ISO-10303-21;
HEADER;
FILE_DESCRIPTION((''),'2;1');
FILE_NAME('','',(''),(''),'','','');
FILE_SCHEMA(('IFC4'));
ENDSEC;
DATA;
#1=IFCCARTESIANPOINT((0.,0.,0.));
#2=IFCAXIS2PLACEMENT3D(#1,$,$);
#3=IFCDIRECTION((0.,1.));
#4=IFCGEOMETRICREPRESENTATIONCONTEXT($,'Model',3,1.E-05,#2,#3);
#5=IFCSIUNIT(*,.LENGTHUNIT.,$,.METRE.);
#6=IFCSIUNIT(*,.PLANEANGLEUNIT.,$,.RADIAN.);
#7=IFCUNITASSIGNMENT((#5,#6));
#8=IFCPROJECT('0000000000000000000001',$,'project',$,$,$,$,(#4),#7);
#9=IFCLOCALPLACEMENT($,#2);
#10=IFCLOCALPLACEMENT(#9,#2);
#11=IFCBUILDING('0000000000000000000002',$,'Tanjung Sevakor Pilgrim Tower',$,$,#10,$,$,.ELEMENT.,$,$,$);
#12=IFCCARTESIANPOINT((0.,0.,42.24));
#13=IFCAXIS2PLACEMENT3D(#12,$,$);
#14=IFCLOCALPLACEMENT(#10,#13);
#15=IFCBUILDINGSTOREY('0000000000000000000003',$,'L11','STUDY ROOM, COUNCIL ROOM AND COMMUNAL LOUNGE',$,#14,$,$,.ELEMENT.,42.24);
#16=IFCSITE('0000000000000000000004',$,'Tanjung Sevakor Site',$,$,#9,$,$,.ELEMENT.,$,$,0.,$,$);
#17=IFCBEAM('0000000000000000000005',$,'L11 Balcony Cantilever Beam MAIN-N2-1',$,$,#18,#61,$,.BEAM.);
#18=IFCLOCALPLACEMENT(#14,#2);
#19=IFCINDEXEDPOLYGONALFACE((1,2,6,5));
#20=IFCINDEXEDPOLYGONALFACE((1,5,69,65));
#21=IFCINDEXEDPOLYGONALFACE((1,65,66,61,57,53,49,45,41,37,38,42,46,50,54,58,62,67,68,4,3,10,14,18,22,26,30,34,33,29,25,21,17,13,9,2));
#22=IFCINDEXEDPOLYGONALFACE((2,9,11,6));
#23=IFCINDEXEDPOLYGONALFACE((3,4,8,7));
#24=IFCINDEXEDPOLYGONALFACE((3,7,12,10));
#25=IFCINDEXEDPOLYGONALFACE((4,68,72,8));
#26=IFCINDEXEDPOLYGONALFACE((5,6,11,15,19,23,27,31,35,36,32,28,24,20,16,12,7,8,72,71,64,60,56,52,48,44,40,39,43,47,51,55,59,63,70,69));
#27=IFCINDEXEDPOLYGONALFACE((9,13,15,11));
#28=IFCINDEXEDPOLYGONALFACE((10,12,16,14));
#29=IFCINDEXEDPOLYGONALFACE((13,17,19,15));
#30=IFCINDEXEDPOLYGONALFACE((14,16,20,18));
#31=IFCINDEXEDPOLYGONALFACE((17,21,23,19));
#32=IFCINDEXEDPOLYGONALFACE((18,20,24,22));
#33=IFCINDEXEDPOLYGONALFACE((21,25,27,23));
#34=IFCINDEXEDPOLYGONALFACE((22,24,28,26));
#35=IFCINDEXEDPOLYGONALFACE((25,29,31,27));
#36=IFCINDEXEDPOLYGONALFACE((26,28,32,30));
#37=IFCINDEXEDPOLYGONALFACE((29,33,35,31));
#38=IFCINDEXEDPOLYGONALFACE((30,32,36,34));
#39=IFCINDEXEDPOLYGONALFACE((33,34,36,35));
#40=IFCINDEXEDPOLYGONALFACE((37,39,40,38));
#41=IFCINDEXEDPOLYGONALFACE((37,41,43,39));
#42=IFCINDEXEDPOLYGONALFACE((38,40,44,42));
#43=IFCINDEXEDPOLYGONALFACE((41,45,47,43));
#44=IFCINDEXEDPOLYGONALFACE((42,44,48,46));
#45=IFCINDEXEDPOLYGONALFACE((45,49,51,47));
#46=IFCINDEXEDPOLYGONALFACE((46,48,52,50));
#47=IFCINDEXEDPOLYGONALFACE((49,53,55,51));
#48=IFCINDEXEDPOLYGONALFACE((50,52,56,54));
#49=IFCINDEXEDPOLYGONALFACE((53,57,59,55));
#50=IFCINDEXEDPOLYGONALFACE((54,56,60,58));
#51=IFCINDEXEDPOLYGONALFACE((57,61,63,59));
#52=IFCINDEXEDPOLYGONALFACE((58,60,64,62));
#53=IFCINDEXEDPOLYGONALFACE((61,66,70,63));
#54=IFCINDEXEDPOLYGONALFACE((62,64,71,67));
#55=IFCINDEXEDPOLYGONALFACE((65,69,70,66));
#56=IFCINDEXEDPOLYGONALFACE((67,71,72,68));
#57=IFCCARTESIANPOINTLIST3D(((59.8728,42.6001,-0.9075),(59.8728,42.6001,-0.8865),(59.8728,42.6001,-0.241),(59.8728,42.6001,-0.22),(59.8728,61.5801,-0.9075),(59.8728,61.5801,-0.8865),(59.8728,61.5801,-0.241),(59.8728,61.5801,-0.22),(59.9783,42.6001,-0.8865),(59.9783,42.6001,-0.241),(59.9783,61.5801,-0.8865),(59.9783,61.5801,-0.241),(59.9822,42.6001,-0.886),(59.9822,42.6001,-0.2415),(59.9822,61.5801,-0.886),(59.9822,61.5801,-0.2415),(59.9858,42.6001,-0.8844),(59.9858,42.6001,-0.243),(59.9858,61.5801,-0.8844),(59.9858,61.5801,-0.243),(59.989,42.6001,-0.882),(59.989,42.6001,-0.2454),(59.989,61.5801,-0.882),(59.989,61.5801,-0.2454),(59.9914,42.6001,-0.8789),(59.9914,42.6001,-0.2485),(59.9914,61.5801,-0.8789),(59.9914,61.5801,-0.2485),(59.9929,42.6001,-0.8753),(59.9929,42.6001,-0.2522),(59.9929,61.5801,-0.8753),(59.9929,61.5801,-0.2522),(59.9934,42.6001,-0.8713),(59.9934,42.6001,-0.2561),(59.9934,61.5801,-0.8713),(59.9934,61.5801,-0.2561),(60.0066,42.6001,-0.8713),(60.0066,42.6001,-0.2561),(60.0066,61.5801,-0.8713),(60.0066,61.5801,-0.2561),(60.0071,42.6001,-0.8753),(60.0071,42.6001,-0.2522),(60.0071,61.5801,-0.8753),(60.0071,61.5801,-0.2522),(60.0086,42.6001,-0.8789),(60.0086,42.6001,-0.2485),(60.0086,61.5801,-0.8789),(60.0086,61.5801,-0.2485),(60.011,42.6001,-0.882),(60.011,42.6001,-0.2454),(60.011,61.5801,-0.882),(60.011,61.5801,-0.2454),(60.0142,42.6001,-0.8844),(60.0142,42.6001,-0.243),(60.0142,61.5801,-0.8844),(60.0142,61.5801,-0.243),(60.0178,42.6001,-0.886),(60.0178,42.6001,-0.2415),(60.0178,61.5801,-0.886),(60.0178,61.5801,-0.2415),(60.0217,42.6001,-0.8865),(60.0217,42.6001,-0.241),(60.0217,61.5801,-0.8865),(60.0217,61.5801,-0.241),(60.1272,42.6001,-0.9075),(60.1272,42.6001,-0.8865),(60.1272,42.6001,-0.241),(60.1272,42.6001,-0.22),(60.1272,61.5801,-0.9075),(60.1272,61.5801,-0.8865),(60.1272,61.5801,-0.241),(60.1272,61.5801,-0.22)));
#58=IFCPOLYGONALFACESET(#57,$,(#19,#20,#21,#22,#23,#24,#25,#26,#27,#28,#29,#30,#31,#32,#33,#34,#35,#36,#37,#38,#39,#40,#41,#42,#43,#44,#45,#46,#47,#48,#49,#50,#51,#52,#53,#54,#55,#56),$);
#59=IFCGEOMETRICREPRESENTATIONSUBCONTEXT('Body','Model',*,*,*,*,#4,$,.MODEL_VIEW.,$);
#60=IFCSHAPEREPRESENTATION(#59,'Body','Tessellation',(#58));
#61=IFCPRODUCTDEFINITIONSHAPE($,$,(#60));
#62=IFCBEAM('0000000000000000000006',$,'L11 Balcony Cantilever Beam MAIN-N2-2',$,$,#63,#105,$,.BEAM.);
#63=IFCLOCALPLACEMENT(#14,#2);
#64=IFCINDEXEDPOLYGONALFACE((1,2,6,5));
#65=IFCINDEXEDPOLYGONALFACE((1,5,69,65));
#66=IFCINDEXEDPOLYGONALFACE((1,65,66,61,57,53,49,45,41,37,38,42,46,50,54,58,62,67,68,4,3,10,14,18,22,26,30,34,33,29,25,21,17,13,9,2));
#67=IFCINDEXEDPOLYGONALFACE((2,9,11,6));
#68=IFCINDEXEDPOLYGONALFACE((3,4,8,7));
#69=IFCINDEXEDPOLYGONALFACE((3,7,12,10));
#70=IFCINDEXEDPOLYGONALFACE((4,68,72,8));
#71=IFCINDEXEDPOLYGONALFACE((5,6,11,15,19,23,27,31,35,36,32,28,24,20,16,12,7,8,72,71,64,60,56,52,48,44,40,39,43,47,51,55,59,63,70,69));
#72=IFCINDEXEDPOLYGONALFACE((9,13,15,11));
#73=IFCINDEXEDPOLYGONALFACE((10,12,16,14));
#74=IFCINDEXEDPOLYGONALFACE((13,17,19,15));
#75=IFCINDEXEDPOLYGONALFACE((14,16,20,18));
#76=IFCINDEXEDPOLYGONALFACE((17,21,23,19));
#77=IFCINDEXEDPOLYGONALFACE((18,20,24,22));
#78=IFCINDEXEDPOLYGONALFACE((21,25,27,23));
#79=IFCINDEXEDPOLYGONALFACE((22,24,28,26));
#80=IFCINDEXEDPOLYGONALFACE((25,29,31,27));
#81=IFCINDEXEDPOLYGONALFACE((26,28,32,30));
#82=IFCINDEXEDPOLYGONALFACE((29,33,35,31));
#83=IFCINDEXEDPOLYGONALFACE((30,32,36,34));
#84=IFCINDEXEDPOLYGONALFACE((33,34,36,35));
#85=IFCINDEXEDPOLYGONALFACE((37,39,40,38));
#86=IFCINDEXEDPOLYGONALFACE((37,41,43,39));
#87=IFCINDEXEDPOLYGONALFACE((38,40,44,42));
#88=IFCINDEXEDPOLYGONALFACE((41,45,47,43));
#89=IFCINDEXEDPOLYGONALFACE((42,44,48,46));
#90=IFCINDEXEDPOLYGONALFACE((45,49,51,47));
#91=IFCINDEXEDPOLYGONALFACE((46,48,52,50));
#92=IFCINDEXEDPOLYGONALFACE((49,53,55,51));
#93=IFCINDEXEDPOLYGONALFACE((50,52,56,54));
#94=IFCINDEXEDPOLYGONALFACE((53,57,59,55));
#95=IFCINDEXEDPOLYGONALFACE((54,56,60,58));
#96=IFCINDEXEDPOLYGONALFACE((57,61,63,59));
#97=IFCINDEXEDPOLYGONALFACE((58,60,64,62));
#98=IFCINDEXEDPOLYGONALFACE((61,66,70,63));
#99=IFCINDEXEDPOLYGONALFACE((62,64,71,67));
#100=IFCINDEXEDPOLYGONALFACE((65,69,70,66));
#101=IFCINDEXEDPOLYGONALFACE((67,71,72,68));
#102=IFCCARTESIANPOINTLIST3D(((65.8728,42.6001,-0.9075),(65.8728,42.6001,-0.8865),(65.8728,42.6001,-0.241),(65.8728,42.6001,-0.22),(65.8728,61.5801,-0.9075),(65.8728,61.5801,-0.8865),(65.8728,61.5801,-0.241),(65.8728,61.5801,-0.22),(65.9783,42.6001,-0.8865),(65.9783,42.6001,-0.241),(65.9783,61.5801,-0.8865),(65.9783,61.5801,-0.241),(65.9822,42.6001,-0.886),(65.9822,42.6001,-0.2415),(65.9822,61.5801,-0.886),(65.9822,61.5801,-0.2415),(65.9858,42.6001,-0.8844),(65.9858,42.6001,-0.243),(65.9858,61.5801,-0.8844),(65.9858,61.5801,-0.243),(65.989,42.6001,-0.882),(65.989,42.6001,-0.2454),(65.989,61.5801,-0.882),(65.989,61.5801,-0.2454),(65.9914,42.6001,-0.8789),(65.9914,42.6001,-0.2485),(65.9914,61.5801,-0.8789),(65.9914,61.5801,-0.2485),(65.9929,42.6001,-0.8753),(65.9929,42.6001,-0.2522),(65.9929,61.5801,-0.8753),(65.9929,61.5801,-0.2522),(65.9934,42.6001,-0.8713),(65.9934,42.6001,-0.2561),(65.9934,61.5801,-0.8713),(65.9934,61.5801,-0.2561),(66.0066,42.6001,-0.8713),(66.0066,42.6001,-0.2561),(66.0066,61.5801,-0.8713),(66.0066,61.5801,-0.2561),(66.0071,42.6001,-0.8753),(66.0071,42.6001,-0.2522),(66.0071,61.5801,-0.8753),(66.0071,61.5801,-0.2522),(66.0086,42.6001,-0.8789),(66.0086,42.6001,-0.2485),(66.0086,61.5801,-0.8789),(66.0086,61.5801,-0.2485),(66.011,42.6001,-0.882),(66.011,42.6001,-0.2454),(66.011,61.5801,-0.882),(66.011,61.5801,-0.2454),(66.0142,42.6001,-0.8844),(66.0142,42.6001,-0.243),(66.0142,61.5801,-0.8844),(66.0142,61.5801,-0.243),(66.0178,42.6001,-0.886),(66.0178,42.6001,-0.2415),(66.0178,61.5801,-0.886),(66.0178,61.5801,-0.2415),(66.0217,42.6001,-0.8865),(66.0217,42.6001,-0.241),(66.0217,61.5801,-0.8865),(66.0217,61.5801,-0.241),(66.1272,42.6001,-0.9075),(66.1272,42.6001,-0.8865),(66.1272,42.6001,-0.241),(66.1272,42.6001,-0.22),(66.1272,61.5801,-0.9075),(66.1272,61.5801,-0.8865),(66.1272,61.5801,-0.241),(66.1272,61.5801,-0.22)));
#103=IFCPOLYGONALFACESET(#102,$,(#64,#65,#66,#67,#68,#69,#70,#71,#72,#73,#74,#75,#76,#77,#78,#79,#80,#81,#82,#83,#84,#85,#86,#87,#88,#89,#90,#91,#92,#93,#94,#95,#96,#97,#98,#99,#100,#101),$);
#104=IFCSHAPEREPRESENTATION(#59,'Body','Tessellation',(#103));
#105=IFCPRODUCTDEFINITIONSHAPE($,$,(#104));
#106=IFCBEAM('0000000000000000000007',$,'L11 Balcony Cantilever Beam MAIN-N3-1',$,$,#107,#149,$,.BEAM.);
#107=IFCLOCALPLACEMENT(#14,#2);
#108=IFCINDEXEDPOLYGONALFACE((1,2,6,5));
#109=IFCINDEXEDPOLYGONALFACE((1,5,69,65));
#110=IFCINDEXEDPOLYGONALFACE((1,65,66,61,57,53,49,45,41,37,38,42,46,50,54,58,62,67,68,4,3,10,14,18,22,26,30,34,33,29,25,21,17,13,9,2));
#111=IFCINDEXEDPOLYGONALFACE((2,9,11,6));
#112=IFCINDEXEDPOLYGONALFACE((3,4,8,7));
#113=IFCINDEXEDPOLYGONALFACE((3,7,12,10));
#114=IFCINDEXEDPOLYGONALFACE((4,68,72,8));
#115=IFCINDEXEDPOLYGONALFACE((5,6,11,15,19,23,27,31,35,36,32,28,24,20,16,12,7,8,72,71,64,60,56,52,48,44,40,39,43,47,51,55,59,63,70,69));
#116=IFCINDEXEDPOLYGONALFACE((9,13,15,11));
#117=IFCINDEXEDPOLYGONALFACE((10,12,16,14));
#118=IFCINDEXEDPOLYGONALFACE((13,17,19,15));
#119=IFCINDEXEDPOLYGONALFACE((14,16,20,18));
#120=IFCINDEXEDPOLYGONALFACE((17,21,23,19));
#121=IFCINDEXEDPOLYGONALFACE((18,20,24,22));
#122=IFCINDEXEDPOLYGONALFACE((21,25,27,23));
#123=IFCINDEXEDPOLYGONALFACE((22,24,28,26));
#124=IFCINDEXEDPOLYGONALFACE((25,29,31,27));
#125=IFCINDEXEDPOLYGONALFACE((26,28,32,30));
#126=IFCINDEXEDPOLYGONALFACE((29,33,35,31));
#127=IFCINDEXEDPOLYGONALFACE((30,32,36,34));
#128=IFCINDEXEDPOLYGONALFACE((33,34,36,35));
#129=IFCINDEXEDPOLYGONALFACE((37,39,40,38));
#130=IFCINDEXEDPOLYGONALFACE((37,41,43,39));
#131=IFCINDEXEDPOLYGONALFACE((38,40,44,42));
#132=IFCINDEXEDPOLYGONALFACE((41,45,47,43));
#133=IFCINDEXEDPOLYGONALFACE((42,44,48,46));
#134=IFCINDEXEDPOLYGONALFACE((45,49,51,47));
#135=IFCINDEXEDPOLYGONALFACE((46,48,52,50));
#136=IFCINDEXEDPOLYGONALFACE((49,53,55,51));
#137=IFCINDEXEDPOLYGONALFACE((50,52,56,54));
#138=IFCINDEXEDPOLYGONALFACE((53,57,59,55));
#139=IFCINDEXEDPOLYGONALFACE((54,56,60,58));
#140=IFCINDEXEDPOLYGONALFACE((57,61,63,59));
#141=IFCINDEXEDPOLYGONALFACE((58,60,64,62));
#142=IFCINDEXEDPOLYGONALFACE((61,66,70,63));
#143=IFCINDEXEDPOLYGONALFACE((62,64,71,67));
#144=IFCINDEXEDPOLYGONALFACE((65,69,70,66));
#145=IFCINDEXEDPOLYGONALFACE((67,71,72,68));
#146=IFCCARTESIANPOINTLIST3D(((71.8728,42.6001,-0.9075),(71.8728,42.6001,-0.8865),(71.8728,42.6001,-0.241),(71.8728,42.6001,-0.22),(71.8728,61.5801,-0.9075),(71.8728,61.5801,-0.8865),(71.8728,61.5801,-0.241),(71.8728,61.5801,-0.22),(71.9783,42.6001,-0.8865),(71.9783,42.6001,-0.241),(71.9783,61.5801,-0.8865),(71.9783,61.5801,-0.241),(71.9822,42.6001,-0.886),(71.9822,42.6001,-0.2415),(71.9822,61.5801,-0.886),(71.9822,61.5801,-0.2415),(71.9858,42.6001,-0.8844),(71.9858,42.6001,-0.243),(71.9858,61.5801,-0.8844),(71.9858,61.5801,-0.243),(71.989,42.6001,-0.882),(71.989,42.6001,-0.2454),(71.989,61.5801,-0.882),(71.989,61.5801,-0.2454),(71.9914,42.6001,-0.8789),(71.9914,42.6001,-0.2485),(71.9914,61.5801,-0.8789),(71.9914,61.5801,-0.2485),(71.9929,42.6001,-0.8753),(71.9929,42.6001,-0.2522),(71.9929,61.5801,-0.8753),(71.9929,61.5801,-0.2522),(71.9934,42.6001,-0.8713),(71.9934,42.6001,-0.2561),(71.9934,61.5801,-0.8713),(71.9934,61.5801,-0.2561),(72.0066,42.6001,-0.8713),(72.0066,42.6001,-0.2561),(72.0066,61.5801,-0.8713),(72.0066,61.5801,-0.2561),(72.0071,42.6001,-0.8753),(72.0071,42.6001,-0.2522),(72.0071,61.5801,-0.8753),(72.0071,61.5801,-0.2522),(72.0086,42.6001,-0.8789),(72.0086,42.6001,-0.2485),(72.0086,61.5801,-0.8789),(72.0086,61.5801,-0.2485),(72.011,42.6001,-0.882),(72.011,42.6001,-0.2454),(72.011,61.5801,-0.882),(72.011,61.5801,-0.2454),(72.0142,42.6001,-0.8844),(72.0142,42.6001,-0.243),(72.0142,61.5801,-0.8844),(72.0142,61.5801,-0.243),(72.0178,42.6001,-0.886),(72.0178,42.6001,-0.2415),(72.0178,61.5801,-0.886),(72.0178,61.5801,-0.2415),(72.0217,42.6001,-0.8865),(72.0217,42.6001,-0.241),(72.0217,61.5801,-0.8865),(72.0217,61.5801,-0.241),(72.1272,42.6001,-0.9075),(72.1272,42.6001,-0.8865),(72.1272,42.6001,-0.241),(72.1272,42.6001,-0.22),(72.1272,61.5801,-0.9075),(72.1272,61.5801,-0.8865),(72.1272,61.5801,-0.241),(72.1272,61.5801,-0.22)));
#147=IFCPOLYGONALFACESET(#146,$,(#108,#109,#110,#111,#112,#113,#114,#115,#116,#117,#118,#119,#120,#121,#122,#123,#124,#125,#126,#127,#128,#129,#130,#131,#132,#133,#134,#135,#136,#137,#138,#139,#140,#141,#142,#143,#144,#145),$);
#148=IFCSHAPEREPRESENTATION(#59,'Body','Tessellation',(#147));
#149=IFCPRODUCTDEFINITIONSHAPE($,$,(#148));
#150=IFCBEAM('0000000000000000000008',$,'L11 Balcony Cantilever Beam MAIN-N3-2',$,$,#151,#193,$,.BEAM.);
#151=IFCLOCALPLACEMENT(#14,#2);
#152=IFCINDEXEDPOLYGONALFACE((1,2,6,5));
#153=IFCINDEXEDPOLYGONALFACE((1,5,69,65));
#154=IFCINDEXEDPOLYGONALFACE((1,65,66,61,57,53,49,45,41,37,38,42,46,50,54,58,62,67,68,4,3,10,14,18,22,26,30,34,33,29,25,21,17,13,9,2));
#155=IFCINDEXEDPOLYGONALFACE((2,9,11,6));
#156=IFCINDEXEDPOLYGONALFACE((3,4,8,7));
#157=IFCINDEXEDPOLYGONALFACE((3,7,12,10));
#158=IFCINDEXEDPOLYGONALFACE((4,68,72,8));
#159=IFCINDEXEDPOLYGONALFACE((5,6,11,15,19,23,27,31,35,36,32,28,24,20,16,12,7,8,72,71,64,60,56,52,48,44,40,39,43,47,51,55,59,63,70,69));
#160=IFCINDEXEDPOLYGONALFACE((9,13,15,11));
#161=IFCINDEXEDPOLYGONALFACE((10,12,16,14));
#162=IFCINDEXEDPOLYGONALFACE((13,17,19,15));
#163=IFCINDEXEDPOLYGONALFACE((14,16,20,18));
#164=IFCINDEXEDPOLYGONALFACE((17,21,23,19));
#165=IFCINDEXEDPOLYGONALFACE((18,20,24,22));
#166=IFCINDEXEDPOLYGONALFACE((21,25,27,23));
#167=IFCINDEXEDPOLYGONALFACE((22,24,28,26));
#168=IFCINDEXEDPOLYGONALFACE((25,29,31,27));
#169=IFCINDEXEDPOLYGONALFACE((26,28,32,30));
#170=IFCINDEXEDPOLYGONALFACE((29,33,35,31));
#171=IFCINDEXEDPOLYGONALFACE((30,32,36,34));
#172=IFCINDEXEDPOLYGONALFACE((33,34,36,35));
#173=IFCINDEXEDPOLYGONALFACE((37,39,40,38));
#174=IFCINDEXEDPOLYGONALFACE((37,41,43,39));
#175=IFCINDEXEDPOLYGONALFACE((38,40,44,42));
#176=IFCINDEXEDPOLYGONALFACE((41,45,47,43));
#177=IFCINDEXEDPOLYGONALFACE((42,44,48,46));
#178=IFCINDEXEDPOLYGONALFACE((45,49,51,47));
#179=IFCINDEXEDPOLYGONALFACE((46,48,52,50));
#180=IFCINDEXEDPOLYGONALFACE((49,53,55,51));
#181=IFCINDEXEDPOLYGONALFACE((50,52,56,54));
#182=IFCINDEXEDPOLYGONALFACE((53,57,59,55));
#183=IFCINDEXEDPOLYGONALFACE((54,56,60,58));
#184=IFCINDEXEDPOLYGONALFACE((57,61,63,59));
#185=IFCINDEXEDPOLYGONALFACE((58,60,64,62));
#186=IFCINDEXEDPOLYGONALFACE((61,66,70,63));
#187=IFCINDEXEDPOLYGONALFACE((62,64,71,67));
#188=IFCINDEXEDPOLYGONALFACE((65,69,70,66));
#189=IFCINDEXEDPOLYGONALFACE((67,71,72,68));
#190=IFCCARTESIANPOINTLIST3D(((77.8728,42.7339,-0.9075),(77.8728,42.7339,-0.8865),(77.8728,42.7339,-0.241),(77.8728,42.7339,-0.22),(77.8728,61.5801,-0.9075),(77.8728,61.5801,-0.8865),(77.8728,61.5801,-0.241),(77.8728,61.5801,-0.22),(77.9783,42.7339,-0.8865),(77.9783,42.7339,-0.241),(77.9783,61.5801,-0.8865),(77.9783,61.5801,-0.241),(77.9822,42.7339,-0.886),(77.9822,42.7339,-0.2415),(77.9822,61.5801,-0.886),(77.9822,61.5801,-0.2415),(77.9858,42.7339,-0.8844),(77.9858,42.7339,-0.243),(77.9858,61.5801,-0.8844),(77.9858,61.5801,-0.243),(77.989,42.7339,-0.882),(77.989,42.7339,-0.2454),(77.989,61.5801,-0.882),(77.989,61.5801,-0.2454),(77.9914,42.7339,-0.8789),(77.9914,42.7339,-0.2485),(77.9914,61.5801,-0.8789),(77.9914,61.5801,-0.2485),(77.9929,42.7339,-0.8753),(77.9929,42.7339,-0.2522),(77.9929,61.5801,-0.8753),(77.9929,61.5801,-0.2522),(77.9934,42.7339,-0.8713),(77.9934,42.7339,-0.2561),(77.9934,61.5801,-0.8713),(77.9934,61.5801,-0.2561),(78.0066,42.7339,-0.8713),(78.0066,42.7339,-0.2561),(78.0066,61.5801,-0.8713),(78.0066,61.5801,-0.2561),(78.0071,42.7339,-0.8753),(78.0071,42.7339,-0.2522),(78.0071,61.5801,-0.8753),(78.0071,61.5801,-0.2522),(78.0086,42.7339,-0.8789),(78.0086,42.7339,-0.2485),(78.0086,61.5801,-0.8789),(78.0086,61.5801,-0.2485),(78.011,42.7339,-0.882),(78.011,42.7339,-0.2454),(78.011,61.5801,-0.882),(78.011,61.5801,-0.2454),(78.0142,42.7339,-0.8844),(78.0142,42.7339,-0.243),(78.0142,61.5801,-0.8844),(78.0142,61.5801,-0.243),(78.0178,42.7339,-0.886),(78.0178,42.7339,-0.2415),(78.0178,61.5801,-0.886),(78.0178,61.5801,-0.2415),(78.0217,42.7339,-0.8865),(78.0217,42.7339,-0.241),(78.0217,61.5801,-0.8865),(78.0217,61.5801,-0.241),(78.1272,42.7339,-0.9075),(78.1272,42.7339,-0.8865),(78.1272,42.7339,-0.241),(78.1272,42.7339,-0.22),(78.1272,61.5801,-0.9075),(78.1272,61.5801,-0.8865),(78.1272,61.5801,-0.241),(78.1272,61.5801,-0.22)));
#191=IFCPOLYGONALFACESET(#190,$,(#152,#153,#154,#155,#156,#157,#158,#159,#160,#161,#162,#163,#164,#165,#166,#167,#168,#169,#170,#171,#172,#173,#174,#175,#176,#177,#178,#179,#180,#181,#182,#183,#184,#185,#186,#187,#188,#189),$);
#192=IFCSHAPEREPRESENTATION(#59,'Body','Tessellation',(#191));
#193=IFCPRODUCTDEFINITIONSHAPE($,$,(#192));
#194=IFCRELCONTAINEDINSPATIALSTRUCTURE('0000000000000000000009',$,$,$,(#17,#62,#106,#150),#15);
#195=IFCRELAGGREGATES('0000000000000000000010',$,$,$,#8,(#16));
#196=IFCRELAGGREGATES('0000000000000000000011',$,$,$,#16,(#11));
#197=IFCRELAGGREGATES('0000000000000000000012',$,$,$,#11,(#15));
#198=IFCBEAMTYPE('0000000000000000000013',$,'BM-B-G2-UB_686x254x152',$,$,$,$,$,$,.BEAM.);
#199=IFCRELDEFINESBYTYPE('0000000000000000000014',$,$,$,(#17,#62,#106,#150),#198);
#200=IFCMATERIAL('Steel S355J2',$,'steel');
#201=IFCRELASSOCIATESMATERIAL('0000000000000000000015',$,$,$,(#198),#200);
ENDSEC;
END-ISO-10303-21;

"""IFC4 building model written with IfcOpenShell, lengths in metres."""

from ifc_helpers import new_model, si_unit, direction, frame, origin, origin_2d, place, context, subcontext, project, spatial, i_section, extrude, material, material_profile, profile_set, type_object, element, save


model = new_model("IFC4")

# Units and contexts
model_context = context("Model", 3, precision=1e-05, world=origin(), true_north=direction((0.0, 1.0)))
body_context = subcontext(model_context, "Body", "Model", "MODEL_VIEW")
ifc_project = project(units=[si_unit("LENGTHUNIT", "METRE"), si_unit("PLANEANGLEUNIT", "RADIAN")], contexts=[model_context])

# Site, building, storey
site_placement = place(None, origin())
site = spatial("IfcSite", under=ifc_project, at=site_placement, Name="Tanjung Sevakor Site", CompositionType="ELEMENT", RefElevation=0.0)
building_placement = place(site_placement, origin())
building = spatial("IfcBuilding", under=site, at=building_placement, Name="Tanjung Sevakor Pilgrim Tower", CompositionType="ELEMENT")
storey_placement = place(building_placement, frame((0.0, 0.0, 42.24)))
storey = spatial("IfcBuildingStorey", under=building, at=storey_placement, Name="L11", Description="STUDY ROOM, COUNCIL ROOM AND COMMUNAL LOUNGE", CompositionType="ELEMENT", Elevation=42.24)

# Beams
ifc_material_1 = material(Name="Steel S355J2", Category="steel")
ifc_material_profile_1 = material_profile(ifc_material_1, i_section(OverallWidth=0.2544, OverallDepth=0.6875, WebThickness=0.0132, FlangeThickness=0.021, FilletRadius=0.0151, at=origin_2d()))
ifc_profile_set_1 = profile_set([ifc_material_profile_1], Name="Steel S355J2")
beam_type_1 = type_object("IfcBeamType", Name="BM-B-G2-UB_686x254x152", PredefinedType="BEAM", material=ifc_profile_set_1)
for number, where, z_axis, x_axis, name in (
    (1, (60.0, 42.6001, -0.5637), (0.0, 1.0, 0.0), (-1.0, 0.0, 0.0), "L11 Balcony Cantilever Beam MAIN-N2-1"),
    (2, (66.0, 42.6001, -0.5637), (0.0, 1.0, 0.0), (-1.0, 0.0, 0.0), "L11 Balcony Cantilever Beam MAIN-N2-2"),
    (3, (72.0, 42.6001, -0.5637), (0.0, 1.0, 0.0), (-1.0, 0.0, 0.0), "L11 Balcony Cantilever Beam MAIN-N3-1"),
):
    element("IfcBeam", number, at=place(storey_placement, frame(where, z_axis=z_axis, x_axis=x_axis)), inside=storey, type_object=beam_type_1, Name=name, PredefinedType="BEAM", context=body_context, shape_type="SweptSolid", body=[
        extrude(i_section(OverallWidth=0.2544, OverallDepth=0.6875, WebThickness=0.0132, FlangeThickness=0.021, FilletRadius=0.0151, at=origin_2d()), origin(), (0.0, 0.0, 1.0), 18.98),
    ])
beam_1_placement = place(storey_placement, frame((78.0, 42.7339, -0.5637), z_axis=(0.0, 1.0, 0.0), x_axis=(-1.0, 0.0, 0.0)))
element("IfcBeam", 4, at=beam_1_placement, inside=storey, type_object=beam_type_1, Name="L11 Balcony Cantilever Beam MAIN-N3-2", PredefinedType="BEAM", context=body_context, shape_type="SweptSolid", body=[
    extrude(i_section(OverallWidth=0.2544, OverallDepth=0.6875, WebThickness=0.0132, FlangeThickness=0.021, FilletRadius=0.0151, at=origin_2d()), origin(), (0.0, 0.0, 1.0), 18.8462),
])

save(model, "model.ifc")
